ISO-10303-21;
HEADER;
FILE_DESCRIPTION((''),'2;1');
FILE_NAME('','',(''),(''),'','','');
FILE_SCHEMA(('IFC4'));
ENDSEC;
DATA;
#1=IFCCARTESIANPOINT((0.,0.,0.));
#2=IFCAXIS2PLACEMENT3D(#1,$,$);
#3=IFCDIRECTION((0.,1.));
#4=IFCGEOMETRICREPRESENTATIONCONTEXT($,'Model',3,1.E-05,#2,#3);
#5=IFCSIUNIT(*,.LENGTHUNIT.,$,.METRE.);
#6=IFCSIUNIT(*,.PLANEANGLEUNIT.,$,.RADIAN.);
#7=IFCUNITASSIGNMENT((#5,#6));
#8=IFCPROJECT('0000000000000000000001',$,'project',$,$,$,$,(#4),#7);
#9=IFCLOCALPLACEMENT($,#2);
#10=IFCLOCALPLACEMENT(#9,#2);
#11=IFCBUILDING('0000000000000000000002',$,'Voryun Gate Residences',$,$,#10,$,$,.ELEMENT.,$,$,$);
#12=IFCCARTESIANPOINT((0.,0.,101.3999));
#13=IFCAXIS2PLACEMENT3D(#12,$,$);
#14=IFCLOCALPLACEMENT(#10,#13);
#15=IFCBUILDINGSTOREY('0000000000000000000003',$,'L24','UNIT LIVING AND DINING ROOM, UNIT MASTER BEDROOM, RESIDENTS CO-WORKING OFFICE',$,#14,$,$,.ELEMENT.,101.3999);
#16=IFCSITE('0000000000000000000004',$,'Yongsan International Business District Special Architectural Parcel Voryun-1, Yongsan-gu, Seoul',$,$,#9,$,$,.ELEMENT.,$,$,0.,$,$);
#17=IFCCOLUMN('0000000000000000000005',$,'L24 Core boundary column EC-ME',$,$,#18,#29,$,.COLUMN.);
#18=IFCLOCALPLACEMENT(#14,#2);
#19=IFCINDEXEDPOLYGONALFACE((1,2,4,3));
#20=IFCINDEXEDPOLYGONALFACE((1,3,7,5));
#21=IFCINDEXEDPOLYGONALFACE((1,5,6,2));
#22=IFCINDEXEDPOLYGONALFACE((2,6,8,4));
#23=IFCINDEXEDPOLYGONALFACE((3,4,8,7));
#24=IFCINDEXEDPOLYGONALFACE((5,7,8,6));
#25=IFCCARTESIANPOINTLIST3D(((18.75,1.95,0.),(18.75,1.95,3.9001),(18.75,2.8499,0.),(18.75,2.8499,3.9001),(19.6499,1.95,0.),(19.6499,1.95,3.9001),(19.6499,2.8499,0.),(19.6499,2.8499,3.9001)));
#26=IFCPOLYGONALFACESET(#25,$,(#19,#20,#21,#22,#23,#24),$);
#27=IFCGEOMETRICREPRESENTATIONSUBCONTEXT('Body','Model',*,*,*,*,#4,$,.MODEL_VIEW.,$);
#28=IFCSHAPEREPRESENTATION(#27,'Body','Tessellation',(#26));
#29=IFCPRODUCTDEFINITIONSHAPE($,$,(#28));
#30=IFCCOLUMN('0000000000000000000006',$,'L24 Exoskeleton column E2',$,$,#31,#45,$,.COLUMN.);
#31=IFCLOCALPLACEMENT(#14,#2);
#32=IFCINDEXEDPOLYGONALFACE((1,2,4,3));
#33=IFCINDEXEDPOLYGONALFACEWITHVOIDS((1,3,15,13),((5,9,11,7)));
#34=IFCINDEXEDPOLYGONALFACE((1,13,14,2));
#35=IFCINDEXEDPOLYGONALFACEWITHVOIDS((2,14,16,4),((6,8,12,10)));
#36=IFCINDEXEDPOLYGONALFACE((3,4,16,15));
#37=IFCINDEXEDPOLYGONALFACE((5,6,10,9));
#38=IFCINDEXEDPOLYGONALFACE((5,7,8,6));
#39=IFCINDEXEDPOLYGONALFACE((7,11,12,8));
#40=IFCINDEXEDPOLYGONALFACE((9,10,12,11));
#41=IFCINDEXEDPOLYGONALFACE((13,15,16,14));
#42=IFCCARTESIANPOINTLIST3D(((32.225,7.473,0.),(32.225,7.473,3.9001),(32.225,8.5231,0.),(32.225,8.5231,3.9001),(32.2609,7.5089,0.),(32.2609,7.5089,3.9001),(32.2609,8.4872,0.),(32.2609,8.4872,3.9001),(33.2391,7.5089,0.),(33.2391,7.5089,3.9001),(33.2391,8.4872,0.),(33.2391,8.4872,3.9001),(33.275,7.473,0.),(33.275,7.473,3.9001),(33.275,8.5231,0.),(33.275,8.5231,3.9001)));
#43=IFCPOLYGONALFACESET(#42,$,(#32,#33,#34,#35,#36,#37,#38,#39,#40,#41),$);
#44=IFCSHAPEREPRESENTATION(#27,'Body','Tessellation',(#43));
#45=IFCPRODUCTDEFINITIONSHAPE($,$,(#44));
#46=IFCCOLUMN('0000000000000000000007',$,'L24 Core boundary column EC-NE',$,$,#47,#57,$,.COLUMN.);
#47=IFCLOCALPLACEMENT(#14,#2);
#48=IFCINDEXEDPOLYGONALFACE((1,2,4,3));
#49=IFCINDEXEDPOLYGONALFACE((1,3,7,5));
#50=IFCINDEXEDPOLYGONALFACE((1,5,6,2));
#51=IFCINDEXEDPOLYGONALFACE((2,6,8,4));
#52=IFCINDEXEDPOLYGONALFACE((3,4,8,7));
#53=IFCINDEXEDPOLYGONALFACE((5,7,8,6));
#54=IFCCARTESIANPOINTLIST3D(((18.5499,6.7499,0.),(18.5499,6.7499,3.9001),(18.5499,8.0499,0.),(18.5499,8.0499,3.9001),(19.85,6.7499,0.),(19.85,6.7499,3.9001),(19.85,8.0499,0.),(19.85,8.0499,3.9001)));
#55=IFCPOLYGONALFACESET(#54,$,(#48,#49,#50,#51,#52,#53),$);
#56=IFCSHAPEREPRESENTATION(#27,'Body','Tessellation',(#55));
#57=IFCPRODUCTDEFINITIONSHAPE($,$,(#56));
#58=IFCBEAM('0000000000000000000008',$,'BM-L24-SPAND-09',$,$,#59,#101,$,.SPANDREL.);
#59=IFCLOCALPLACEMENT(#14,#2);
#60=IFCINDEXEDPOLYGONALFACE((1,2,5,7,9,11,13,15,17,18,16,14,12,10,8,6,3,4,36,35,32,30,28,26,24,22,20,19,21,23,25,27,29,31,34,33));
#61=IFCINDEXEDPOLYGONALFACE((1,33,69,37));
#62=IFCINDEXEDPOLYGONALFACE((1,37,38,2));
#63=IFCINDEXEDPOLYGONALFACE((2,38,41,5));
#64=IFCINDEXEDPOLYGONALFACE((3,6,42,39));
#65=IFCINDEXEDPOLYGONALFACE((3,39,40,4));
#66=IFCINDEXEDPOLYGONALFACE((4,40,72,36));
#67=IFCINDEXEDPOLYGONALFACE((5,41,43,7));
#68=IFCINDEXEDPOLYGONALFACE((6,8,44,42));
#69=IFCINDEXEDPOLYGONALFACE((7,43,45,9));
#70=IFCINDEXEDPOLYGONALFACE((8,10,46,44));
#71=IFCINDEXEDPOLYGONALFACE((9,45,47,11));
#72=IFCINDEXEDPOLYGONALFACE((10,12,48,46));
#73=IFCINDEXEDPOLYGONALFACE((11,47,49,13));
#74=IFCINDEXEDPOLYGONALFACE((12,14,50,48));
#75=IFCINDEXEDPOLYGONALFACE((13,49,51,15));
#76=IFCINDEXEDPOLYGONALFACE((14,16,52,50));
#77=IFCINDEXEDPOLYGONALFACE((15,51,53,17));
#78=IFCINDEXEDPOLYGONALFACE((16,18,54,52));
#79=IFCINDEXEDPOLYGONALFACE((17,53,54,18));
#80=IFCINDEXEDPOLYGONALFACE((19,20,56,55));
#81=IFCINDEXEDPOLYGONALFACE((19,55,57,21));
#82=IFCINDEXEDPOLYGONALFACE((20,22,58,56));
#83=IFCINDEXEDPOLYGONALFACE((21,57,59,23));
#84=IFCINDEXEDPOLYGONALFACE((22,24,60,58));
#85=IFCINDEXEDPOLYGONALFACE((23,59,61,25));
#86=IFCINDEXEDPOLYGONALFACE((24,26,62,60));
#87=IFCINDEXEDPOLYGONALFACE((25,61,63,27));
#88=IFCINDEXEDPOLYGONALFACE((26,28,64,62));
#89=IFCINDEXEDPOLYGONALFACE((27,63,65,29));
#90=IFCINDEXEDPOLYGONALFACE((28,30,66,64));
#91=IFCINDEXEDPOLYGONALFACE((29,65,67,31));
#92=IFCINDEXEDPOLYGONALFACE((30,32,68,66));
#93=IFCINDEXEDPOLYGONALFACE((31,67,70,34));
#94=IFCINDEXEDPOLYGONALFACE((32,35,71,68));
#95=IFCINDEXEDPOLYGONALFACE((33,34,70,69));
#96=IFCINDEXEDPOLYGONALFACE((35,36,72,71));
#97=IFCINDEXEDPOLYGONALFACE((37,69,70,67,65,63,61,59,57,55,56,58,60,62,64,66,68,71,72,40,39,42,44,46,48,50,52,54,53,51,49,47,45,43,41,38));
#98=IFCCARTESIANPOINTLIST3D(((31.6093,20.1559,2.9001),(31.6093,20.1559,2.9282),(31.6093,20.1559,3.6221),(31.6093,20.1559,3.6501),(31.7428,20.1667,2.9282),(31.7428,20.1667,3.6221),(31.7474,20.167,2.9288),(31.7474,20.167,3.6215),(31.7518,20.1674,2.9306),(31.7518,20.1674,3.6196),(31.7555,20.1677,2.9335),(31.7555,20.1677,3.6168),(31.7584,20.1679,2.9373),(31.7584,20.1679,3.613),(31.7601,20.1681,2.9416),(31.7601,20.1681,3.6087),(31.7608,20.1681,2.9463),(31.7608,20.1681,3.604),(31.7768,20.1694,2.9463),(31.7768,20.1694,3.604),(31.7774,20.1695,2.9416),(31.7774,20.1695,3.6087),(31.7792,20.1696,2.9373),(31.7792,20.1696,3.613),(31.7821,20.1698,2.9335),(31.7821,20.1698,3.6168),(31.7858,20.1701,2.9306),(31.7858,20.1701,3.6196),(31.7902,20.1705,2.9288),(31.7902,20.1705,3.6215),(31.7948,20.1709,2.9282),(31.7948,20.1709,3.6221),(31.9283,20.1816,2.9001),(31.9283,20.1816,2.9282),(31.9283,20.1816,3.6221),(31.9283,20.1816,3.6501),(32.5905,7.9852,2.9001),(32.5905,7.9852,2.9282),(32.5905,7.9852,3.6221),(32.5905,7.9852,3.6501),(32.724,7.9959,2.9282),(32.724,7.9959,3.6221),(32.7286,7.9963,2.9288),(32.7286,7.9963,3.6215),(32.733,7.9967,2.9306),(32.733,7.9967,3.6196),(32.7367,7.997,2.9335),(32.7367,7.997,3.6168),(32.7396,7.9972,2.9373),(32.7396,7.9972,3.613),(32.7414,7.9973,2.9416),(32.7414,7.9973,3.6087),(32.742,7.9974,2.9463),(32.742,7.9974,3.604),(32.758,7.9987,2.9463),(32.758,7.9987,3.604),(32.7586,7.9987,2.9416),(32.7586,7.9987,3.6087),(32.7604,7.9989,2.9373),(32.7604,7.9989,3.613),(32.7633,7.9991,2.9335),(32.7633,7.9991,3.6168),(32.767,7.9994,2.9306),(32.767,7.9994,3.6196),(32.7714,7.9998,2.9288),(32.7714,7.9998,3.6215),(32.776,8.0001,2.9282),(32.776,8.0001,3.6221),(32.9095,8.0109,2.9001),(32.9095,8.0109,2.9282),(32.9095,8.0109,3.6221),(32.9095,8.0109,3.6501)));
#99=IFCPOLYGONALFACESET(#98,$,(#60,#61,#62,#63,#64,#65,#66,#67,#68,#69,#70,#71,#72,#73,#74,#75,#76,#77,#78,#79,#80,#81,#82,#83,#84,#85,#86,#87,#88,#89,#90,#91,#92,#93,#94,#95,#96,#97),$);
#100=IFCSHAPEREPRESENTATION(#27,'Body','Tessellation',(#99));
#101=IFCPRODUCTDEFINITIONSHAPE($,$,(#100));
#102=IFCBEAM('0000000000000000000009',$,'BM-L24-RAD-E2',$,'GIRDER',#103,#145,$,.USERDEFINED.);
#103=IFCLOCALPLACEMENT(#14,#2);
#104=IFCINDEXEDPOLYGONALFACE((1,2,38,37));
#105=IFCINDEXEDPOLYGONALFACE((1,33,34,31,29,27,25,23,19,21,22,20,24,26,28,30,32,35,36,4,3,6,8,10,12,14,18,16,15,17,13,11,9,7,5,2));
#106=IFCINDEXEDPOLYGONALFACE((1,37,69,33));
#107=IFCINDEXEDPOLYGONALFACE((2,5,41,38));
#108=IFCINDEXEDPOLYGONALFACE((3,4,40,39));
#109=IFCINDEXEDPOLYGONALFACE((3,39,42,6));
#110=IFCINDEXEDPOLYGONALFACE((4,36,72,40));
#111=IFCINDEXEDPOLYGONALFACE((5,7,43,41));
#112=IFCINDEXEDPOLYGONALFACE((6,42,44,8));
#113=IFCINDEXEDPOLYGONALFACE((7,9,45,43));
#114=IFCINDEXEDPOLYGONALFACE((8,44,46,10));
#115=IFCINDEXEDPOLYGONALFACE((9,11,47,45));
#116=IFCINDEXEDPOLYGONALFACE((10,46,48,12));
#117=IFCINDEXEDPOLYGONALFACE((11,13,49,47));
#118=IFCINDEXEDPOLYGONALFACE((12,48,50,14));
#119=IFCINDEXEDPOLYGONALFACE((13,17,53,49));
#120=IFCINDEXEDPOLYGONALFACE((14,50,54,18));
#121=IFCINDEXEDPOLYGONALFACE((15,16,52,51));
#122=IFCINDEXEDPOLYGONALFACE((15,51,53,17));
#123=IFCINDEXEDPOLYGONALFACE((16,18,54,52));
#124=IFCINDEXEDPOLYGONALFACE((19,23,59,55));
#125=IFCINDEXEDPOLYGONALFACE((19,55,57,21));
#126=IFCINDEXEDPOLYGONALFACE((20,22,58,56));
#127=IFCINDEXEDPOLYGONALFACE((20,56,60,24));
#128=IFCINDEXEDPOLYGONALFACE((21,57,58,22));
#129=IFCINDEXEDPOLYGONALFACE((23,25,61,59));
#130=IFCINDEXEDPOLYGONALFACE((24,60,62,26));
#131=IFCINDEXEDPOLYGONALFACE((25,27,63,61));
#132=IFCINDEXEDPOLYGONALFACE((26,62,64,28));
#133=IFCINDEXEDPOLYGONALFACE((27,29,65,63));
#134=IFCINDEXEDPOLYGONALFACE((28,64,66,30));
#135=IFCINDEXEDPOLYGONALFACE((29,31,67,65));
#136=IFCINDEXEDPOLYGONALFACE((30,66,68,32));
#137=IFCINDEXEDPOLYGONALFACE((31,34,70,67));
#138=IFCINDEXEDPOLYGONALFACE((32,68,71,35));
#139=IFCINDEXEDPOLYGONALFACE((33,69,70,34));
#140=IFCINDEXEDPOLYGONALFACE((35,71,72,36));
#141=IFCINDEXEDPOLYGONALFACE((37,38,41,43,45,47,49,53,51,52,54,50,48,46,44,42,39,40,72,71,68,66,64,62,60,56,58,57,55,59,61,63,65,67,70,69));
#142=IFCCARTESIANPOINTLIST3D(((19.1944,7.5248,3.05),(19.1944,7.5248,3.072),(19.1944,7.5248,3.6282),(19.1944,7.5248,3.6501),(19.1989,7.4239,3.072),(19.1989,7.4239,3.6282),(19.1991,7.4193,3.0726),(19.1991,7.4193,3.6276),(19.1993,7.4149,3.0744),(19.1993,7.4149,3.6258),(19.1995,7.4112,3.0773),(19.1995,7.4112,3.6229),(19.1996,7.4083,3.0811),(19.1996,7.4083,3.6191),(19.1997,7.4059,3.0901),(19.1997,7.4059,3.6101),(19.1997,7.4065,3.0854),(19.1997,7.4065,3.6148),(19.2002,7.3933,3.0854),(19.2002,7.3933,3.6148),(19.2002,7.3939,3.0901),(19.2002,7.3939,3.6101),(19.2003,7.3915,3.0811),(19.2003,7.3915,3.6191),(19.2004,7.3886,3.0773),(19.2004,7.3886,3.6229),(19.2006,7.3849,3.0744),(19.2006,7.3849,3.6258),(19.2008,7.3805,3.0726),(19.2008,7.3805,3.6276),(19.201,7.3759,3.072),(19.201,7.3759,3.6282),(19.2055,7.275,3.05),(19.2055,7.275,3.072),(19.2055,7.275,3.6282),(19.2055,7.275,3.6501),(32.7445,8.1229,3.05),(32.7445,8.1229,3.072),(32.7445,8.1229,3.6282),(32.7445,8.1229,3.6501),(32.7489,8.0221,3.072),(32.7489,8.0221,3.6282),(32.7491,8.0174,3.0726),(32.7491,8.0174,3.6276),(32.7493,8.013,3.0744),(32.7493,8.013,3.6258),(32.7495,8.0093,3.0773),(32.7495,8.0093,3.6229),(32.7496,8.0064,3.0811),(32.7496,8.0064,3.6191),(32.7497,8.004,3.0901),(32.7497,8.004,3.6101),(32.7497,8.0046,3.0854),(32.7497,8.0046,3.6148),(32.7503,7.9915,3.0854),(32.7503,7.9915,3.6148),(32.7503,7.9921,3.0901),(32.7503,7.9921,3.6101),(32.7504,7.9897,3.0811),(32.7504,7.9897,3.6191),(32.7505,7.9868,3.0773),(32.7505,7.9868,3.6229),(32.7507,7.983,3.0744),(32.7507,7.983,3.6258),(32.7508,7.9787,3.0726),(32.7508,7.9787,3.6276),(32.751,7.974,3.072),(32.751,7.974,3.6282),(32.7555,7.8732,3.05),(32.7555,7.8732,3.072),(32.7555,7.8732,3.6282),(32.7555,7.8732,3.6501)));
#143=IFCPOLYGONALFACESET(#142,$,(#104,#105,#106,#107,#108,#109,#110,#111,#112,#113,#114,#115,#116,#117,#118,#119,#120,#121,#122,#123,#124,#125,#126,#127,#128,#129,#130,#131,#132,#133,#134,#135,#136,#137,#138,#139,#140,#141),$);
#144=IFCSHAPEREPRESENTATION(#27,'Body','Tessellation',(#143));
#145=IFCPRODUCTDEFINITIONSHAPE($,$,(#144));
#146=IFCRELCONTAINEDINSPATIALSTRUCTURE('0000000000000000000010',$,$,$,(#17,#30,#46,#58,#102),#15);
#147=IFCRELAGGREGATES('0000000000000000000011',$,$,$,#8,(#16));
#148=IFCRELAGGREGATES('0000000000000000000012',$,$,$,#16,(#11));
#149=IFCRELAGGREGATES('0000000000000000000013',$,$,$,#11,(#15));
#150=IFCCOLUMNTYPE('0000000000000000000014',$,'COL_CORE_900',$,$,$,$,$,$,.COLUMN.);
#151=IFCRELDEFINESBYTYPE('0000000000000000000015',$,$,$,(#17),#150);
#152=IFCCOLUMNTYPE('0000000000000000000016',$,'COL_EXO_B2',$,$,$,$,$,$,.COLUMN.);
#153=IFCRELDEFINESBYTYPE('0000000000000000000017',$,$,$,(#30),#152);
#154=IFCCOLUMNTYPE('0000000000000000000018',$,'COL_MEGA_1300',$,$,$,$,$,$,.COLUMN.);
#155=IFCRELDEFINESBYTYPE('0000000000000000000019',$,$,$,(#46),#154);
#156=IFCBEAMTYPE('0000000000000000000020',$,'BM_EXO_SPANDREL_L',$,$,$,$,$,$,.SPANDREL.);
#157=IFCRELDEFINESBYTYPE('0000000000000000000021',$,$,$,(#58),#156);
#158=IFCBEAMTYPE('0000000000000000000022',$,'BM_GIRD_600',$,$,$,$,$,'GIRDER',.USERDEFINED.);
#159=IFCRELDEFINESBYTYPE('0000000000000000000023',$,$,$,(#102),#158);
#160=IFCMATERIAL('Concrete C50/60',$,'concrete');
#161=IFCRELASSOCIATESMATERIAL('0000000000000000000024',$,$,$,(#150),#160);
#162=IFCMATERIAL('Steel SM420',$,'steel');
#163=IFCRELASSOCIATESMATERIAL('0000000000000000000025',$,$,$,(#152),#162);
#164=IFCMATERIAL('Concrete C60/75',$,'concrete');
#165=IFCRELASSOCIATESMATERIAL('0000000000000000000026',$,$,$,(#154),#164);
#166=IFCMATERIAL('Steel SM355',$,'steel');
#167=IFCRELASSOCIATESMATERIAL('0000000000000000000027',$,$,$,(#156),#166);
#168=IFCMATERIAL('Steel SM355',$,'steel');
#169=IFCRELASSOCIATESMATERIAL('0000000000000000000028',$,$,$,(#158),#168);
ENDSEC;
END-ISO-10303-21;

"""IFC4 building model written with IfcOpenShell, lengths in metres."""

from ifc_helpers import new_model, si_unit, direction, frame, origin, origin_2d, place, context, subcontext, project, spatial, rectangle, hollow_rectangle, i_section, extrude, material, material_profile, profile_set, type_object, element, save


model = new_model("IFC4")

# Units and contexts
model_context = context("Model", 3, precision=1e-05, world=origin(), true_north=direction((0.0, 1.0)))
body_context = subcontext(model_context, "Body", "Model", "MODEL_VIEW")
ifc_project = project(units=[si_unit("LENGTHUNIT", "METRE"), si_unit("PLANEANGLEUNIT", "RADIAN")], contexts=[model_context])

# Site, building, storey
site_placement = place(None, origin())
site = spatial("IfcSite", under=ifc_project, at=site_placement, Name="Yongsan International Business District Special Architectural Parcel Voryun-1, Yongsan-gu, Seoul", CompositionType="ELEMENT", RefElevation=0.0)
building_placement = place(site_placement, origin())
building = spatial("IfcBuilding", under=site, at=building_placement, Name="Voryun Gate Residences", CompositionType="ELEMENT")
storey_placement = place(building_placement, frame((0.0, 0.0, 101.3999)))
storey = spatial("IfcBuildingStorey", under=building, at=storey_placement, Name="L24", Description="UNIT LIVING AND DINING ROOM, UNIT MASTER BEDROOM, RESIDENTS CO-WORKING OFFICE", CompositionType="ELEMENT", Elevation=101.3999)

# Columns
ifc_material_1 = material(Name="Concrete C50/60", Category="concrete")
ifc_material_profile_1 = material_profile(ifc_material_1, rectangle(XDim=0.8999, YDim=0.8999, at=origin_2d()), Name="RC-900x900")
ifc_profile_set_1 = profile_set([ifc_material_profile_1], Name="Concrete C50/60")
column_type_1 = type_object("IfcColumnType", Name="COL_CORE_900", PredefinedType="COLUMN", material=ifc_profile_set_1)
column_1_placement = place(storey_placement, frame((19.2, 2.3999, 0.0), z_axis=(0.0, 0.0, 1.0), x_axis=(1.0, 0.0, 0.0)))
element("IfcColumn", 1, at=column_1_placement, inside=storey, type_object=column_type_1, Name="L24 Core boundary column EC-ME", PredefinedType="COLUMN", context=body_context, shape_type="SweptSolid", body=[
    extrude(rectangle(XDim=0.8999, YDim=0.8999, at=origin_2d()), origin(), (0.0, 0.0, 1.0), 3.9001),
])
ifc_material_2 = material(Name="Steel SM420", Category="steel")
ifc_material_profile_2 = material_profile(ifc_material_2, hollow_rectangle(XDim=1.05, YDim=1.05, WallThickness=0.0359, at=origin_2d()), Name="BOX-1050x1050x36")
ifc_profile_set_2 = profile_set([ifc_material_profile_2], Name="Steel SM420")
column_type_2 = type_object("IfcColumnType", Name="COL_EXO_B2", PredefinedType="COLUMN", material=ifc_profile_set_2)
column_2_placement = place(storey_placement, frame((32.75, 7.998, 0.0), z_axis=(0.0, 0.0, 1.0), x_axis=(1.0, 0.0, 0.0)))
element("IfcColumn", 2, at=column_2_placement, inside=storey, type_object=column_type_2, Name="L24 Exoskeleton column E2", PredefinedType="COLUMN", context=body_context, shape_type="SweptSolid", body=[
    extrude(hollow_rectangle(XDim=1.05, YDim=1.05, WallThickness=0.0359, at=origin_2d()), origin(), (0.0, 0.0, 1.0), 3.9001),
])
ifc_material_3 = material(Name="Concrete C60/75", Category="concrete")
ifc_material_profile_3 = material_profile(ifc_material_3, rectangle(XDim=1.3, YDim=1.3, at=origin_2d()), Name="RC-1300x1300")
ifc_profile_set_3 = profile_set([ifc_material_profile_3], Name="Concrete C60/75")
column_type_3 = type_object("IfcColumnType", Name="COL_MEGA_1300", PredefinedType="COLUMN", material=ifc_profile_set_3)
column_3_placement = place(storey_placement, frame((19.2, 7.3999, 0.0), z_axis=(0.0, 0.0, 1.0), x_axis=(1.0, 0.0, 0.0)))
element("IfcColumn", 3, at=column_3_placement, inside=storey, type_object=column_type_3, Name="L24 Core boundary column EC-NE", PredefinedType="COLUMN", context=body_context, shape_type="SweptSolid", body=[
    extrude(rectangle(XDim=1.3, YDim=1.3, at=origin_2d()), origin(), (0.0, 0.0, 1.0), 3.9001),
])

# Beams
ifc_material_4 = material(Name="Steel SM355", Category="steel")
ifc_material_profile_4 = material_profile(ifc_material_4, i_section(OverallWidth=0.3201, OverallDepth=0.75, WebThickness=0.0161, FlangeThickness=0.0281, FilletRadius=0.0181, at=origin_2d()), Name="H-750x320x16x28")
ifc_profile_set_4 = profile_set([ifc_material_profile_4], Name="Steel SM355")
beam_type_1 = type_object("IfcBeamType", Name="BM_EXO_SPANDREL_L", PredefinedType="SPANDREL", material=ifc_profile_set_4)
beam_1_placement = place(storey_placement, frame((32.75, 7.998, 3.2751), z_axis=(-0.08036, 0.996766, 0.0), x_axis=(-0.996766, -0.08036, 0.0)))
element("IfcBeam", 4, at=beam_1_placement, inside=storey, type_object=beam_type_1, Name="BM-L24-SPAND-09", PredefinedType="SPANDREL", context=body_context, shape_type="SweptSolid", body=[
    extrude(i_section(OverallWidth=0.3201, OverallDepth=0.75, WebThickness=0.0161, FlangeThickness=0.0281, FilletRadius=0.0181, at=origin_2d()), origin(), (0.0, 0.0, 1.0), 12.2102),
])
ifc_material_5 = material(Name="Steel SM355", Category="steel")
ifc_material_profile_5 = material_profile(ifc_material_5, i_section(OverallWidth=0.25, OverallDepth=0.6001, WebThickness=0.012, FlangeThickness=0.022, FilletRadius=0.0181, at=origin_2d()), Name="H-600x250x12x22")
ifc_profile_set_5 = profile_set([ifc_material_profile_5], Name="Steel SM355")
beam_type_2 = type_object("IfcBeamType", Name="BM_GIRD_600", ElementType="GIRDER", PredefinedType="USERDEFINED", material=ifc_profile_set_5)
beam_2_placement = place(storey_placement, frame((19.2, 7.3999, 3.3501), z_axis=(0.999027, 0.0441, 0.0), x_axis=(-0.0441, 0.999027, 0.0)))
element("IfcBeam", 5, at=beam_2_placement, inside=storey, type_object=beam_type_2, Name="BM-L24-RAD-E2", ObjectType="GIRDER", PredefinedType="USERDEFINED", context=body_context, shape_type="SweptSolid", body=[
    extrude(i_section(OverallWidth=0.25, OverallDepth=0.6001, WebThickness=0.012, FlangeThickness=0.022, FilletRadius=0.0181, at=origin_2d()), origin(), (0.0, 0.0, 1.0), 13.5632),
])

save(model, "model.ifc")
